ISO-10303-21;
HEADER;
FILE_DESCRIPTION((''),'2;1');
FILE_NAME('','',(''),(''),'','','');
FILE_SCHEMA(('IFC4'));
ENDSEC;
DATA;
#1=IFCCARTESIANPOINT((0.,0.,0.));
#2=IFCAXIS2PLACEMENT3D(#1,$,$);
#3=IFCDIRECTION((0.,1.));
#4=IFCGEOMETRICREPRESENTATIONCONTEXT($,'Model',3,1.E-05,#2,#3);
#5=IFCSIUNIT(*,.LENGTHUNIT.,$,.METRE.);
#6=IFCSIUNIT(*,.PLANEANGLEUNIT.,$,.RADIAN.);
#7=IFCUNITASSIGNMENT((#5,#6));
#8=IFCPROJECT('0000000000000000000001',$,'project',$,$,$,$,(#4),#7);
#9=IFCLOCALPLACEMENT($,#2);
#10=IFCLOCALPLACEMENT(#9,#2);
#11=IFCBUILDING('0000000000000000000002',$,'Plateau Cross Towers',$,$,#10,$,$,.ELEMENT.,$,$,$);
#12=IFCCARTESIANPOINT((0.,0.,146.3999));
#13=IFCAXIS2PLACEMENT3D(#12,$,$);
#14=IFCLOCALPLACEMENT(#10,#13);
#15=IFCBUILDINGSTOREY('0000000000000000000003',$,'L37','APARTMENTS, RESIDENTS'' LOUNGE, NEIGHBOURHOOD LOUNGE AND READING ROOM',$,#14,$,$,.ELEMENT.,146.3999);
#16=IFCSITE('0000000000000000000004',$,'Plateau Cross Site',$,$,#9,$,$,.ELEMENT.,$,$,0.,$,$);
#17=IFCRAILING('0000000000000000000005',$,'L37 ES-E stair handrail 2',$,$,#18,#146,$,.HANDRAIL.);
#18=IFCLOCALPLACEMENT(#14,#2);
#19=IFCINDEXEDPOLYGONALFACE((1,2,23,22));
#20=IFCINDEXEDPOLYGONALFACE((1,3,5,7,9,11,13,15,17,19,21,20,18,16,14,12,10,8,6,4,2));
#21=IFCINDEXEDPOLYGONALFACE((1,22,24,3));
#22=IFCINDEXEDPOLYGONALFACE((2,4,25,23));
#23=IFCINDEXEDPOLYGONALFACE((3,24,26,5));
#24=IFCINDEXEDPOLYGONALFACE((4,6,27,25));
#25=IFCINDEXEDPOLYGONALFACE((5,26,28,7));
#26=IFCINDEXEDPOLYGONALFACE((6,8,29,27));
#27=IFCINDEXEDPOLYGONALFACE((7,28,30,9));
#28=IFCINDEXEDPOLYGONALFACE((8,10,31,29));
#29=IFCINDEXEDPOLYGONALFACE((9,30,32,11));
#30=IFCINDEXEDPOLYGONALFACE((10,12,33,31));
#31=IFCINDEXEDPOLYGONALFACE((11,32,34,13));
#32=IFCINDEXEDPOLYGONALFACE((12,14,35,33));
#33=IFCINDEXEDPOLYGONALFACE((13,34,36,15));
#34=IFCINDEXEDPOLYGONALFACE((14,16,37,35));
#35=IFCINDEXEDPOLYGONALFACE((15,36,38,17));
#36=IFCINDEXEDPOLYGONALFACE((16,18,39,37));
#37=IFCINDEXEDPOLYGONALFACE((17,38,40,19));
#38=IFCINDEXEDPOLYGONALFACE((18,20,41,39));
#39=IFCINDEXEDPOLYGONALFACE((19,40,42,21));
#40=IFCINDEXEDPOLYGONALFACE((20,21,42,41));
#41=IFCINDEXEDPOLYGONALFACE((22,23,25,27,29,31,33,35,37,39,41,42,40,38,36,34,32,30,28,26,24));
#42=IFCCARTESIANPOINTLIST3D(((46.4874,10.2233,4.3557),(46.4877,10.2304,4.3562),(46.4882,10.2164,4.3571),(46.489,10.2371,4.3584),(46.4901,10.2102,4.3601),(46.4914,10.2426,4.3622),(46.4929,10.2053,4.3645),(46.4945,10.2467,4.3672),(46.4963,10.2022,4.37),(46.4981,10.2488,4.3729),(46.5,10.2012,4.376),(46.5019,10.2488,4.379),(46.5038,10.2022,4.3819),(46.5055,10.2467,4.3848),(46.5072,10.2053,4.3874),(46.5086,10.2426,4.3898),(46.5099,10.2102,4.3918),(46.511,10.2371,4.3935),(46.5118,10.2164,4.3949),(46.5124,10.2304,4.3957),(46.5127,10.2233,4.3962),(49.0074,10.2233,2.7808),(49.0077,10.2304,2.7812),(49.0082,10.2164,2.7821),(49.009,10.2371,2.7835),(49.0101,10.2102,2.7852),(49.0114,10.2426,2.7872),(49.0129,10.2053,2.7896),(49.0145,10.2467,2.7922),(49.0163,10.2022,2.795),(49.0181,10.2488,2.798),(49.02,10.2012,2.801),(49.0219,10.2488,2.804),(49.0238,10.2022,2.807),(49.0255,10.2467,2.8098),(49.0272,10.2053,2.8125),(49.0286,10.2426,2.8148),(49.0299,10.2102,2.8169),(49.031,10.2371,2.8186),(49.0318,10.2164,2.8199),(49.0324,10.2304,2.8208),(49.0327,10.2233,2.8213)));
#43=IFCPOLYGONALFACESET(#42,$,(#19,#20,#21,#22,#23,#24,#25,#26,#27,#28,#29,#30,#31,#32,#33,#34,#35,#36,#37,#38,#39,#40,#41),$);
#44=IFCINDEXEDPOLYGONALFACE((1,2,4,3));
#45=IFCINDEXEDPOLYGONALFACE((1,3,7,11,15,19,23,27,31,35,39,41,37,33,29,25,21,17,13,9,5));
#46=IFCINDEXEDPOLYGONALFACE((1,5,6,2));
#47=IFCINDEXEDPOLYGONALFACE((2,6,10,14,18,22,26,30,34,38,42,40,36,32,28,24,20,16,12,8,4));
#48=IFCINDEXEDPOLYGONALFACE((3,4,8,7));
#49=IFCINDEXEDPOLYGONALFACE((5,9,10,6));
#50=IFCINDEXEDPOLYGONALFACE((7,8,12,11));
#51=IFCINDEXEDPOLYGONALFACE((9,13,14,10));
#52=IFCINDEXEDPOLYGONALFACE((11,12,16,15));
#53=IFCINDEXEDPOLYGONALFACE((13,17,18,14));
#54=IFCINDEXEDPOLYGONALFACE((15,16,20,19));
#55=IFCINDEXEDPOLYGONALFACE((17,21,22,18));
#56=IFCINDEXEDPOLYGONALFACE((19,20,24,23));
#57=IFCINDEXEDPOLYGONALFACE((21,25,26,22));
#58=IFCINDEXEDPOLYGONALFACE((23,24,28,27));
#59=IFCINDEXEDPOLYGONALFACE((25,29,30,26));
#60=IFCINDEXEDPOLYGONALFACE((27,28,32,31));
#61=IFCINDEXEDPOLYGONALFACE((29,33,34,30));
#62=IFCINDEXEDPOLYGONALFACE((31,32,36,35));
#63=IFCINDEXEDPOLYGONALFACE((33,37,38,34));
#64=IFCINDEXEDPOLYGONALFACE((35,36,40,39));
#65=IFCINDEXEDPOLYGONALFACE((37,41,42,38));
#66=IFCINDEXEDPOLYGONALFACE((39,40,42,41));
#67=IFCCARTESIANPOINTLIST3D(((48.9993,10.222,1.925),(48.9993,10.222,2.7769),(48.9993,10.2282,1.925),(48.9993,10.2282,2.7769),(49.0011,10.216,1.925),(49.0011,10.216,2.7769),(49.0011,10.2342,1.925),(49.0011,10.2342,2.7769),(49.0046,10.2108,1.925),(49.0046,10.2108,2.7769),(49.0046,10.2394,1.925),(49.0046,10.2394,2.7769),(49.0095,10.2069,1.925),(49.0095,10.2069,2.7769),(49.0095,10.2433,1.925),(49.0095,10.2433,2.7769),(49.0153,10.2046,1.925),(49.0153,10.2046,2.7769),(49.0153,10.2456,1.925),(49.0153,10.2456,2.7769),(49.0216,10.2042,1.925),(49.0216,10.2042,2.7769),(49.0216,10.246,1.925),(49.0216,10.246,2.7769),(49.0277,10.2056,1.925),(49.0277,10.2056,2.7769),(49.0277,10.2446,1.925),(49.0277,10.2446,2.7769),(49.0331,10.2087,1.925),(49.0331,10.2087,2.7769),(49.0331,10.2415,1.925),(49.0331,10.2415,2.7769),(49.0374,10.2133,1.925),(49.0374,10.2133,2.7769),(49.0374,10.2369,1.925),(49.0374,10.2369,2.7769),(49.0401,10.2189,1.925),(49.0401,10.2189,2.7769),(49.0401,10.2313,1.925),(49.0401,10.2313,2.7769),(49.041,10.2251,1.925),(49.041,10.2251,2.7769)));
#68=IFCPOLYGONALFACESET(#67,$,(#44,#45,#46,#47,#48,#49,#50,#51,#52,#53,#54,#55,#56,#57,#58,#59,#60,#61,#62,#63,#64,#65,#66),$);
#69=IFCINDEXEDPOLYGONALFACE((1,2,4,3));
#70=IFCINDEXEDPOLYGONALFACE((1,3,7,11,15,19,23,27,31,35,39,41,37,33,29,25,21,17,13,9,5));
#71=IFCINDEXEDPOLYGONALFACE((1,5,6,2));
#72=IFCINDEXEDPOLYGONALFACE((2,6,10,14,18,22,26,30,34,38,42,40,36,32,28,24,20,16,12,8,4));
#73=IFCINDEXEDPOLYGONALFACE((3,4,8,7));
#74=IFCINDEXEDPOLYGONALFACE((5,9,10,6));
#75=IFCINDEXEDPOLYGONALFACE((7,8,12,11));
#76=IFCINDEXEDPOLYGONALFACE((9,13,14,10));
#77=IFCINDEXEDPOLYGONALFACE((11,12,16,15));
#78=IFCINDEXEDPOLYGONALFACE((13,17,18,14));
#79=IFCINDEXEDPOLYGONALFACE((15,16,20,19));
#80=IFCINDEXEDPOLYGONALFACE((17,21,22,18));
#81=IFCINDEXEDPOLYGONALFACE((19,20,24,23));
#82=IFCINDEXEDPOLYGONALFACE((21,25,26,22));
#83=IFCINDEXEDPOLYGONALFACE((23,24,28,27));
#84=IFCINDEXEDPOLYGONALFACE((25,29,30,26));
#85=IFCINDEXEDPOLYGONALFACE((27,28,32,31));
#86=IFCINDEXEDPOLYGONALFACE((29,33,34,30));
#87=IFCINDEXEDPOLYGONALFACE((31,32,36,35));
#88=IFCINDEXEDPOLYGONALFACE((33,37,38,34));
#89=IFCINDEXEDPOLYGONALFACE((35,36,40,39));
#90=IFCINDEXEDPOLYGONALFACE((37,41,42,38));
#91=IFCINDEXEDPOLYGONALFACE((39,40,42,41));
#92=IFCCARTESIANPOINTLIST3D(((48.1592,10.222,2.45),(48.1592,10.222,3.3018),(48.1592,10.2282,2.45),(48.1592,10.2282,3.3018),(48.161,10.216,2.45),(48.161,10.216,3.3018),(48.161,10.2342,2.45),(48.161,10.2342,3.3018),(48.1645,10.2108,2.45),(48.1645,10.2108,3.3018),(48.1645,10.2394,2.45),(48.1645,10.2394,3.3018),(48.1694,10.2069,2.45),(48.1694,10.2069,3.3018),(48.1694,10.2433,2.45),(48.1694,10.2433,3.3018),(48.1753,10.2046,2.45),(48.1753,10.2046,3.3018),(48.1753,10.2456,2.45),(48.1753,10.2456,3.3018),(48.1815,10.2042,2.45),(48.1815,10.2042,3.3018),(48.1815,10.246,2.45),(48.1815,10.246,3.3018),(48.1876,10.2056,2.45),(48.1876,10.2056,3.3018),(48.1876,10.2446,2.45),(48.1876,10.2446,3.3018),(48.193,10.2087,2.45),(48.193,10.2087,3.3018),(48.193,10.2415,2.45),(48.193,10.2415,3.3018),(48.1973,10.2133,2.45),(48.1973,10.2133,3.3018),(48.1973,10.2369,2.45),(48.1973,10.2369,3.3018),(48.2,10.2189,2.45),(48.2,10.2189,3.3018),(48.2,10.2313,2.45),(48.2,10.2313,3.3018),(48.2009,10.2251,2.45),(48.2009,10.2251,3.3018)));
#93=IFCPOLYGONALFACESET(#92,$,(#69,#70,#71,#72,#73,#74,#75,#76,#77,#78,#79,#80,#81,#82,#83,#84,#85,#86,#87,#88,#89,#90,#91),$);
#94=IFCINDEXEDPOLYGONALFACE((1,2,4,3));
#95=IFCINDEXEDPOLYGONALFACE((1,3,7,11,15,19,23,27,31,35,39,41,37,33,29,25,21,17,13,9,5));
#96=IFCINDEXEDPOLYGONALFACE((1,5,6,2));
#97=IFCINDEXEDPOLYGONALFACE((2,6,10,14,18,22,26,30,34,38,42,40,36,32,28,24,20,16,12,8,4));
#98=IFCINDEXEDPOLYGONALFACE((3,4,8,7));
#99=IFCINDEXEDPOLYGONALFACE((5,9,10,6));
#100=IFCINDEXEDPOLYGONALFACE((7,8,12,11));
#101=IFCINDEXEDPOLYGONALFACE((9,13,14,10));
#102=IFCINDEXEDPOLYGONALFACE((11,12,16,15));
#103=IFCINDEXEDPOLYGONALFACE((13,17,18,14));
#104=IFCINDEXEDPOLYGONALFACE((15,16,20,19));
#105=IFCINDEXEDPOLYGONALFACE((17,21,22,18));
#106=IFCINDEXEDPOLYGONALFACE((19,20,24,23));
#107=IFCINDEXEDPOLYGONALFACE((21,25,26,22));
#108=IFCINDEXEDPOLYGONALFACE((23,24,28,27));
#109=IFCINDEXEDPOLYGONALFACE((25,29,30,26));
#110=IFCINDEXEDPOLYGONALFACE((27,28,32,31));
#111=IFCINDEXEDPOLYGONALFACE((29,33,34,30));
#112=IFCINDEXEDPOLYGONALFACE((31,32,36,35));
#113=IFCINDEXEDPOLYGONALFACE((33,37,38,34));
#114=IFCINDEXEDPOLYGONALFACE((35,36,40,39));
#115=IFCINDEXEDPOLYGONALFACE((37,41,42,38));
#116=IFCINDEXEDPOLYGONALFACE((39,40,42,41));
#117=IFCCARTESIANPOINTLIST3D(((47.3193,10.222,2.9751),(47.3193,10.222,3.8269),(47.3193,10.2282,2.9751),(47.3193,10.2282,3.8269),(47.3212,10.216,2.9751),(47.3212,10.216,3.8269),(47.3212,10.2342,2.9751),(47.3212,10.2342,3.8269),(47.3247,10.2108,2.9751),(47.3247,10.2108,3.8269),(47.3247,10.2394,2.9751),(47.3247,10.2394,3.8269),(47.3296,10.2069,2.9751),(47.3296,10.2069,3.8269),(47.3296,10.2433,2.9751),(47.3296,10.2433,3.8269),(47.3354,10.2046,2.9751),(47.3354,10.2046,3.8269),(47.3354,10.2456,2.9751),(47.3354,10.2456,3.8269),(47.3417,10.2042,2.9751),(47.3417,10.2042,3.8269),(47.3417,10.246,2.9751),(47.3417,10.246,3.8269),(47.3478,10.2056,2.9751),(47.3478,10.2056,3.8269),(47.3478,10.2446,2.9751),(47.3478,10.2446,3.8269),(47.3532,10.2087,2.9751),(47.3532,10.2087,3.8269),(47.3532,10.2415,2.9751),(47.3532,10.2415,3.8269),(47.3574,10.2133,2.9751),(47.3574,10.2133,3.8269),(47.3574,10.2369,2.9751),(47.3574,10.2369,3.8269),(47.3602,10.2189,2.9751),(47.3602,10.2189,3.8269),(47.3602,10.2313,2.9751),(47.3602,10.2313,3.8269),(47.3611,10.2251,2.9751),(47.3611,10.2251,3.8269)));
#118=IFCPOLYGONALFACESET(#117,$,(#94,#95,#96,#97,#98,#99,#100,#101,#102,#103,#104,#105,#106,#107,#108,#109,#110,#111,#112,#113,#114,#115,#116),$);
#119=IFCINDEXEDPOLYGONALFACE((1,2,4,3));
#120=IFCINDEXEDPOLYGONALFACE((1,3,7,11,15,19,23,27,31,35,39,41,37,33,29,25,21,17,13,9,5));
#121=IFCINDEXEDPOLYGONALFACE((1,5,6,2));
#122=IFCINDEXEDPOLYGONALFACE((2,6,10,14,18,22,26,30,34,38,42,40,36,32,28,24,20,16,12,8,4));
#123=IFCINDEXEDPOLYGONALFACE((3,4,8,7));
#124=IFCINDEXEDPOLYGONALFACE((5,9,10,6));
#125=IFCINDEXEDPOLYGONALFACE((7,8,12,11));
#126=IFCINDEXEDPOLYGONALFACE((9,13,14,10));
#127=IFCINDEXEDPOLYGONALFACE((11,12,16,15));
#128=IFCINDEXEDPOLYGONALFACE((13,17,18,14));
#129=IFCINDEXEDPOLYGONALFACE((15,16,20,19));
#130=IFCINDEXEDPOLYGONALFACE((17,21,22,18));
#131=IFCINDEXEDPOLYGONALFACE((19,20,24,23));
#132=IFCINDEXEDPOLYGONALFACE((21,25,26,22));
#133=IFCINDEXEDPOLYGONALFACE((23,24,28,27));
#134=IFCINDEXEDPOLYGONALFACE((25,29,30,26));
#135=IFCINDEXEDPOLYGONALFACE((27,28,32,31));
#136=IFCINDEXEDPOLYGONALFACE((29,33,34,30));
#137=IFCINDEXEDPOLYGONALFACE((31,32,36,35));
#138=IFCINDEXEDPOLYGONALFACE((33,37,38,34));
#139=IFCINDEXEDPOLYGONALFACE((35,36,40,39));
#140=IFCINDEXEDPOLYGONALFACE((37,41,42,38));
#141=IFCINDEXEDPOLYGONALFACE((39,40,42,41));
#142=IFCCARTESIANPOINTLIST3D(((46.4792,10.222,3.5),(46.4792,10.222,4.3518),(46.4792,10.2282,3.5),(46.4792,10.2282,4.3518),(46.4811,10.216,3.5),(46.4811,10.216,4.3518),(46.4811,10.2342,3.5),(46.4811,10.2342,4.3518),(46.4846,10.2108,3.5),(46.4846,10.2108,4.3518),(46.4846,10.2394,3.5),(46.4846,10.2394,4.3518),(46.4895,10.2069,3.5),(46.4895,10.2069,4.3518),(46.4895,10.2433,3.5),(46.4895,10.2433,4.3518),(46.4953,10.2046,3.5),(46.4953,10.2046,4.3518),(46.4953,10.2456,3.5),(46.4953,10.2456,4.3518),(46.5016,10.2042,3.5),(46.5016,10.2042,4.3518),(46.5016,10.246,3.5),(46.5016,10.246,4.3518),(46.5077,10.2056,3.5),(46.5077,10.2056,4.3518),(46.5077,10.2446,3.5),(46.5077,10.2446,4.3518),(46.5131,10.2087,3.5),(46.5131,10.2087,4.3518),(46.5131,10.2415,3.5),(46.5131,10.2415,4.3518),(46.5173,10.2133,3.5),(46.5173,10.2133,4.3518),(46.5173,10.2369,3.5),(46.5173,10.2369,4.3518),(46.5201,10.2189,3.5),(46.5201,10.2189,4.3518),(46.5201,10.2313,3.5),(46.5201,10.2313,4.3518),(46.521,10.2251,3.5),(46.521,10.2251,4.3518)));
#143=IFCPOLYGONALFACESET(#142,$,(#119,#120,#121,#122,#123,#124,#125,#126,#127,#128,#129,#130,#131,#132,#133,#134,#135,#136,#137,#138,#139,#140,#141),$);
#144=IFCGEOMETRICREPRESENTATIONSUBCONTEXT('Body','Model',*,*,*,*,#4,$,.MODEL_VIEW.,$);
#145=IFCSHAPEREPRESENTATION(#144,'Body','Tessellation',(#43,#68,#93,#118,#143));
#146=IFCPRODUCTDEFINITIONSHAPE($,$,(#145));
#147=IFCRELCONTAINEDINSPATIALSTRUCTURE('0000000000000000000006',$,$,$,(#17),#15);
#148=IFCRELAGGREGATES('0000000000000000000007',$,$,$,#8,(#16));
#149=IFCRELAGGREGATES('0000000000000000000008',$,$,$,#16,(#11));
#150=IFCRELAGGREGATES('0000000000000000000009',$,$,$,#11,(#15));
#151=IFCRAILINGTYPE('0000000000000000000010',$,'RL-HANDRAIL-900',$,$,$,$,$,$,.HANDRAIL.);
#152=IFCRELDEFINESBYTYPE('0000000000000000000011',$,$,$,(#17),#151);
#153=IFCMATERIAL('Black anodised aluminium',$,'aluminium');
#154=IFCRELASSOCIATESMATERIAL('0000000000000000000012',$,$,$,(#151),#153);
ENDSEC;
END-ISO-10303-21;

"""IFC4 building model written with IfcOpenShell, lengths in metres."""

from ifc_helpers import new_model, si_unit, direction, frame, origin, origin_2d, place, context, subcontext, project, spatial, circle, extrude, material, type_object, element, save


model = new_model("IFC4")

# Units and contexts
model_context = context("Model", 3, precision=1e-05, world=origin(), true_north=direction((0.0, 1.0)))
body_context = subcontext(model_context, "Body", "Model", "MODEL_VIEW")
ifc_project = project(units=[si_unit("LENGTHUNIT", "METRE"), si_unit("PLANEANGLEUNIT", "RADIAN")], contexts=[model_context])

# Site, building, storey
site_placement = place(None, origin())
site = spatial("IfcSite", under=ifc_project, at=site_placement, Name="Plateau Cross Site", CompositionType="ELEMENT", RefElevation=0.0)
building_placement = place(site_placement, origin())
building = spatial("IfcBuilding", under=site, at=building_placement, Name="Plateau Cross Towers", CompositionType="ELEMENT")
storey_placement = place(building_placement, frame((0.0, 0.0, 146.3999)))
storey = spatial("IfcBuildingStorey", under=building, at=storey_placement, Name="L37", Description="APARTMENTS, RESIDENTS' LOUNGE, NEIGHBOURHOOD LOUNGE AND READING ROOM", CompositionType="ELEMENT", Elevation=146.3999)

# Shared definitions
ifc_material_1 = material(Name="Black anodised aluminium", Category="aluminium")

# Railing
railing_type_1 = type_object("IfcRailingType", Name="RL-HANDRAIL-900", PredefinedType="HANDRAIL", material=ifc_material_1)
railing_1_placement = place(storey_placement, frame((49.02, 10.2251, 1.925)))
element("IfcRailing", 1, at=railing_1_placement, inside=storey, type_object=railing_type_1, Name="L37 ES-E stair handrail 2", PredefinedType="HANDRAIL", context=body_context, shape_type="SweptSolid", body=[
    extrude(circle(Radius=0.0239, at=origin_2d()), frame((0.0, 0.0, 0.876), z_axis=(-0.848008, 0.0, 0.529984), x_axis=(0.0, -1.0, 0.0)), (0.0, 0.0, 1.0), 2.9717),
    extrude(circle(Radius=0.021, at=origin_2d()), origin(), (0.0, 0.0, 1.0), 0.8518),
    extrude(circle(Radius=0.021, at=origin_2d()), frame((-0.8401, 0.0, 0.5249)), (0.0, 0.0, 1.0), 0.8518),
    extrude(circle(Radius=0.021, at=origin_2d()), frame((-1.6799, 0.0, 1.05)), (0.0, 0.0, 1.0), 0.8518),
    extrude(circle(Radius=0.021, at=origin_2d()), frame((-2.52, 0.0, 1.575)), (0.0, 0.0, 1.0), 0.8518),
])

save(model, "model.ifc")
